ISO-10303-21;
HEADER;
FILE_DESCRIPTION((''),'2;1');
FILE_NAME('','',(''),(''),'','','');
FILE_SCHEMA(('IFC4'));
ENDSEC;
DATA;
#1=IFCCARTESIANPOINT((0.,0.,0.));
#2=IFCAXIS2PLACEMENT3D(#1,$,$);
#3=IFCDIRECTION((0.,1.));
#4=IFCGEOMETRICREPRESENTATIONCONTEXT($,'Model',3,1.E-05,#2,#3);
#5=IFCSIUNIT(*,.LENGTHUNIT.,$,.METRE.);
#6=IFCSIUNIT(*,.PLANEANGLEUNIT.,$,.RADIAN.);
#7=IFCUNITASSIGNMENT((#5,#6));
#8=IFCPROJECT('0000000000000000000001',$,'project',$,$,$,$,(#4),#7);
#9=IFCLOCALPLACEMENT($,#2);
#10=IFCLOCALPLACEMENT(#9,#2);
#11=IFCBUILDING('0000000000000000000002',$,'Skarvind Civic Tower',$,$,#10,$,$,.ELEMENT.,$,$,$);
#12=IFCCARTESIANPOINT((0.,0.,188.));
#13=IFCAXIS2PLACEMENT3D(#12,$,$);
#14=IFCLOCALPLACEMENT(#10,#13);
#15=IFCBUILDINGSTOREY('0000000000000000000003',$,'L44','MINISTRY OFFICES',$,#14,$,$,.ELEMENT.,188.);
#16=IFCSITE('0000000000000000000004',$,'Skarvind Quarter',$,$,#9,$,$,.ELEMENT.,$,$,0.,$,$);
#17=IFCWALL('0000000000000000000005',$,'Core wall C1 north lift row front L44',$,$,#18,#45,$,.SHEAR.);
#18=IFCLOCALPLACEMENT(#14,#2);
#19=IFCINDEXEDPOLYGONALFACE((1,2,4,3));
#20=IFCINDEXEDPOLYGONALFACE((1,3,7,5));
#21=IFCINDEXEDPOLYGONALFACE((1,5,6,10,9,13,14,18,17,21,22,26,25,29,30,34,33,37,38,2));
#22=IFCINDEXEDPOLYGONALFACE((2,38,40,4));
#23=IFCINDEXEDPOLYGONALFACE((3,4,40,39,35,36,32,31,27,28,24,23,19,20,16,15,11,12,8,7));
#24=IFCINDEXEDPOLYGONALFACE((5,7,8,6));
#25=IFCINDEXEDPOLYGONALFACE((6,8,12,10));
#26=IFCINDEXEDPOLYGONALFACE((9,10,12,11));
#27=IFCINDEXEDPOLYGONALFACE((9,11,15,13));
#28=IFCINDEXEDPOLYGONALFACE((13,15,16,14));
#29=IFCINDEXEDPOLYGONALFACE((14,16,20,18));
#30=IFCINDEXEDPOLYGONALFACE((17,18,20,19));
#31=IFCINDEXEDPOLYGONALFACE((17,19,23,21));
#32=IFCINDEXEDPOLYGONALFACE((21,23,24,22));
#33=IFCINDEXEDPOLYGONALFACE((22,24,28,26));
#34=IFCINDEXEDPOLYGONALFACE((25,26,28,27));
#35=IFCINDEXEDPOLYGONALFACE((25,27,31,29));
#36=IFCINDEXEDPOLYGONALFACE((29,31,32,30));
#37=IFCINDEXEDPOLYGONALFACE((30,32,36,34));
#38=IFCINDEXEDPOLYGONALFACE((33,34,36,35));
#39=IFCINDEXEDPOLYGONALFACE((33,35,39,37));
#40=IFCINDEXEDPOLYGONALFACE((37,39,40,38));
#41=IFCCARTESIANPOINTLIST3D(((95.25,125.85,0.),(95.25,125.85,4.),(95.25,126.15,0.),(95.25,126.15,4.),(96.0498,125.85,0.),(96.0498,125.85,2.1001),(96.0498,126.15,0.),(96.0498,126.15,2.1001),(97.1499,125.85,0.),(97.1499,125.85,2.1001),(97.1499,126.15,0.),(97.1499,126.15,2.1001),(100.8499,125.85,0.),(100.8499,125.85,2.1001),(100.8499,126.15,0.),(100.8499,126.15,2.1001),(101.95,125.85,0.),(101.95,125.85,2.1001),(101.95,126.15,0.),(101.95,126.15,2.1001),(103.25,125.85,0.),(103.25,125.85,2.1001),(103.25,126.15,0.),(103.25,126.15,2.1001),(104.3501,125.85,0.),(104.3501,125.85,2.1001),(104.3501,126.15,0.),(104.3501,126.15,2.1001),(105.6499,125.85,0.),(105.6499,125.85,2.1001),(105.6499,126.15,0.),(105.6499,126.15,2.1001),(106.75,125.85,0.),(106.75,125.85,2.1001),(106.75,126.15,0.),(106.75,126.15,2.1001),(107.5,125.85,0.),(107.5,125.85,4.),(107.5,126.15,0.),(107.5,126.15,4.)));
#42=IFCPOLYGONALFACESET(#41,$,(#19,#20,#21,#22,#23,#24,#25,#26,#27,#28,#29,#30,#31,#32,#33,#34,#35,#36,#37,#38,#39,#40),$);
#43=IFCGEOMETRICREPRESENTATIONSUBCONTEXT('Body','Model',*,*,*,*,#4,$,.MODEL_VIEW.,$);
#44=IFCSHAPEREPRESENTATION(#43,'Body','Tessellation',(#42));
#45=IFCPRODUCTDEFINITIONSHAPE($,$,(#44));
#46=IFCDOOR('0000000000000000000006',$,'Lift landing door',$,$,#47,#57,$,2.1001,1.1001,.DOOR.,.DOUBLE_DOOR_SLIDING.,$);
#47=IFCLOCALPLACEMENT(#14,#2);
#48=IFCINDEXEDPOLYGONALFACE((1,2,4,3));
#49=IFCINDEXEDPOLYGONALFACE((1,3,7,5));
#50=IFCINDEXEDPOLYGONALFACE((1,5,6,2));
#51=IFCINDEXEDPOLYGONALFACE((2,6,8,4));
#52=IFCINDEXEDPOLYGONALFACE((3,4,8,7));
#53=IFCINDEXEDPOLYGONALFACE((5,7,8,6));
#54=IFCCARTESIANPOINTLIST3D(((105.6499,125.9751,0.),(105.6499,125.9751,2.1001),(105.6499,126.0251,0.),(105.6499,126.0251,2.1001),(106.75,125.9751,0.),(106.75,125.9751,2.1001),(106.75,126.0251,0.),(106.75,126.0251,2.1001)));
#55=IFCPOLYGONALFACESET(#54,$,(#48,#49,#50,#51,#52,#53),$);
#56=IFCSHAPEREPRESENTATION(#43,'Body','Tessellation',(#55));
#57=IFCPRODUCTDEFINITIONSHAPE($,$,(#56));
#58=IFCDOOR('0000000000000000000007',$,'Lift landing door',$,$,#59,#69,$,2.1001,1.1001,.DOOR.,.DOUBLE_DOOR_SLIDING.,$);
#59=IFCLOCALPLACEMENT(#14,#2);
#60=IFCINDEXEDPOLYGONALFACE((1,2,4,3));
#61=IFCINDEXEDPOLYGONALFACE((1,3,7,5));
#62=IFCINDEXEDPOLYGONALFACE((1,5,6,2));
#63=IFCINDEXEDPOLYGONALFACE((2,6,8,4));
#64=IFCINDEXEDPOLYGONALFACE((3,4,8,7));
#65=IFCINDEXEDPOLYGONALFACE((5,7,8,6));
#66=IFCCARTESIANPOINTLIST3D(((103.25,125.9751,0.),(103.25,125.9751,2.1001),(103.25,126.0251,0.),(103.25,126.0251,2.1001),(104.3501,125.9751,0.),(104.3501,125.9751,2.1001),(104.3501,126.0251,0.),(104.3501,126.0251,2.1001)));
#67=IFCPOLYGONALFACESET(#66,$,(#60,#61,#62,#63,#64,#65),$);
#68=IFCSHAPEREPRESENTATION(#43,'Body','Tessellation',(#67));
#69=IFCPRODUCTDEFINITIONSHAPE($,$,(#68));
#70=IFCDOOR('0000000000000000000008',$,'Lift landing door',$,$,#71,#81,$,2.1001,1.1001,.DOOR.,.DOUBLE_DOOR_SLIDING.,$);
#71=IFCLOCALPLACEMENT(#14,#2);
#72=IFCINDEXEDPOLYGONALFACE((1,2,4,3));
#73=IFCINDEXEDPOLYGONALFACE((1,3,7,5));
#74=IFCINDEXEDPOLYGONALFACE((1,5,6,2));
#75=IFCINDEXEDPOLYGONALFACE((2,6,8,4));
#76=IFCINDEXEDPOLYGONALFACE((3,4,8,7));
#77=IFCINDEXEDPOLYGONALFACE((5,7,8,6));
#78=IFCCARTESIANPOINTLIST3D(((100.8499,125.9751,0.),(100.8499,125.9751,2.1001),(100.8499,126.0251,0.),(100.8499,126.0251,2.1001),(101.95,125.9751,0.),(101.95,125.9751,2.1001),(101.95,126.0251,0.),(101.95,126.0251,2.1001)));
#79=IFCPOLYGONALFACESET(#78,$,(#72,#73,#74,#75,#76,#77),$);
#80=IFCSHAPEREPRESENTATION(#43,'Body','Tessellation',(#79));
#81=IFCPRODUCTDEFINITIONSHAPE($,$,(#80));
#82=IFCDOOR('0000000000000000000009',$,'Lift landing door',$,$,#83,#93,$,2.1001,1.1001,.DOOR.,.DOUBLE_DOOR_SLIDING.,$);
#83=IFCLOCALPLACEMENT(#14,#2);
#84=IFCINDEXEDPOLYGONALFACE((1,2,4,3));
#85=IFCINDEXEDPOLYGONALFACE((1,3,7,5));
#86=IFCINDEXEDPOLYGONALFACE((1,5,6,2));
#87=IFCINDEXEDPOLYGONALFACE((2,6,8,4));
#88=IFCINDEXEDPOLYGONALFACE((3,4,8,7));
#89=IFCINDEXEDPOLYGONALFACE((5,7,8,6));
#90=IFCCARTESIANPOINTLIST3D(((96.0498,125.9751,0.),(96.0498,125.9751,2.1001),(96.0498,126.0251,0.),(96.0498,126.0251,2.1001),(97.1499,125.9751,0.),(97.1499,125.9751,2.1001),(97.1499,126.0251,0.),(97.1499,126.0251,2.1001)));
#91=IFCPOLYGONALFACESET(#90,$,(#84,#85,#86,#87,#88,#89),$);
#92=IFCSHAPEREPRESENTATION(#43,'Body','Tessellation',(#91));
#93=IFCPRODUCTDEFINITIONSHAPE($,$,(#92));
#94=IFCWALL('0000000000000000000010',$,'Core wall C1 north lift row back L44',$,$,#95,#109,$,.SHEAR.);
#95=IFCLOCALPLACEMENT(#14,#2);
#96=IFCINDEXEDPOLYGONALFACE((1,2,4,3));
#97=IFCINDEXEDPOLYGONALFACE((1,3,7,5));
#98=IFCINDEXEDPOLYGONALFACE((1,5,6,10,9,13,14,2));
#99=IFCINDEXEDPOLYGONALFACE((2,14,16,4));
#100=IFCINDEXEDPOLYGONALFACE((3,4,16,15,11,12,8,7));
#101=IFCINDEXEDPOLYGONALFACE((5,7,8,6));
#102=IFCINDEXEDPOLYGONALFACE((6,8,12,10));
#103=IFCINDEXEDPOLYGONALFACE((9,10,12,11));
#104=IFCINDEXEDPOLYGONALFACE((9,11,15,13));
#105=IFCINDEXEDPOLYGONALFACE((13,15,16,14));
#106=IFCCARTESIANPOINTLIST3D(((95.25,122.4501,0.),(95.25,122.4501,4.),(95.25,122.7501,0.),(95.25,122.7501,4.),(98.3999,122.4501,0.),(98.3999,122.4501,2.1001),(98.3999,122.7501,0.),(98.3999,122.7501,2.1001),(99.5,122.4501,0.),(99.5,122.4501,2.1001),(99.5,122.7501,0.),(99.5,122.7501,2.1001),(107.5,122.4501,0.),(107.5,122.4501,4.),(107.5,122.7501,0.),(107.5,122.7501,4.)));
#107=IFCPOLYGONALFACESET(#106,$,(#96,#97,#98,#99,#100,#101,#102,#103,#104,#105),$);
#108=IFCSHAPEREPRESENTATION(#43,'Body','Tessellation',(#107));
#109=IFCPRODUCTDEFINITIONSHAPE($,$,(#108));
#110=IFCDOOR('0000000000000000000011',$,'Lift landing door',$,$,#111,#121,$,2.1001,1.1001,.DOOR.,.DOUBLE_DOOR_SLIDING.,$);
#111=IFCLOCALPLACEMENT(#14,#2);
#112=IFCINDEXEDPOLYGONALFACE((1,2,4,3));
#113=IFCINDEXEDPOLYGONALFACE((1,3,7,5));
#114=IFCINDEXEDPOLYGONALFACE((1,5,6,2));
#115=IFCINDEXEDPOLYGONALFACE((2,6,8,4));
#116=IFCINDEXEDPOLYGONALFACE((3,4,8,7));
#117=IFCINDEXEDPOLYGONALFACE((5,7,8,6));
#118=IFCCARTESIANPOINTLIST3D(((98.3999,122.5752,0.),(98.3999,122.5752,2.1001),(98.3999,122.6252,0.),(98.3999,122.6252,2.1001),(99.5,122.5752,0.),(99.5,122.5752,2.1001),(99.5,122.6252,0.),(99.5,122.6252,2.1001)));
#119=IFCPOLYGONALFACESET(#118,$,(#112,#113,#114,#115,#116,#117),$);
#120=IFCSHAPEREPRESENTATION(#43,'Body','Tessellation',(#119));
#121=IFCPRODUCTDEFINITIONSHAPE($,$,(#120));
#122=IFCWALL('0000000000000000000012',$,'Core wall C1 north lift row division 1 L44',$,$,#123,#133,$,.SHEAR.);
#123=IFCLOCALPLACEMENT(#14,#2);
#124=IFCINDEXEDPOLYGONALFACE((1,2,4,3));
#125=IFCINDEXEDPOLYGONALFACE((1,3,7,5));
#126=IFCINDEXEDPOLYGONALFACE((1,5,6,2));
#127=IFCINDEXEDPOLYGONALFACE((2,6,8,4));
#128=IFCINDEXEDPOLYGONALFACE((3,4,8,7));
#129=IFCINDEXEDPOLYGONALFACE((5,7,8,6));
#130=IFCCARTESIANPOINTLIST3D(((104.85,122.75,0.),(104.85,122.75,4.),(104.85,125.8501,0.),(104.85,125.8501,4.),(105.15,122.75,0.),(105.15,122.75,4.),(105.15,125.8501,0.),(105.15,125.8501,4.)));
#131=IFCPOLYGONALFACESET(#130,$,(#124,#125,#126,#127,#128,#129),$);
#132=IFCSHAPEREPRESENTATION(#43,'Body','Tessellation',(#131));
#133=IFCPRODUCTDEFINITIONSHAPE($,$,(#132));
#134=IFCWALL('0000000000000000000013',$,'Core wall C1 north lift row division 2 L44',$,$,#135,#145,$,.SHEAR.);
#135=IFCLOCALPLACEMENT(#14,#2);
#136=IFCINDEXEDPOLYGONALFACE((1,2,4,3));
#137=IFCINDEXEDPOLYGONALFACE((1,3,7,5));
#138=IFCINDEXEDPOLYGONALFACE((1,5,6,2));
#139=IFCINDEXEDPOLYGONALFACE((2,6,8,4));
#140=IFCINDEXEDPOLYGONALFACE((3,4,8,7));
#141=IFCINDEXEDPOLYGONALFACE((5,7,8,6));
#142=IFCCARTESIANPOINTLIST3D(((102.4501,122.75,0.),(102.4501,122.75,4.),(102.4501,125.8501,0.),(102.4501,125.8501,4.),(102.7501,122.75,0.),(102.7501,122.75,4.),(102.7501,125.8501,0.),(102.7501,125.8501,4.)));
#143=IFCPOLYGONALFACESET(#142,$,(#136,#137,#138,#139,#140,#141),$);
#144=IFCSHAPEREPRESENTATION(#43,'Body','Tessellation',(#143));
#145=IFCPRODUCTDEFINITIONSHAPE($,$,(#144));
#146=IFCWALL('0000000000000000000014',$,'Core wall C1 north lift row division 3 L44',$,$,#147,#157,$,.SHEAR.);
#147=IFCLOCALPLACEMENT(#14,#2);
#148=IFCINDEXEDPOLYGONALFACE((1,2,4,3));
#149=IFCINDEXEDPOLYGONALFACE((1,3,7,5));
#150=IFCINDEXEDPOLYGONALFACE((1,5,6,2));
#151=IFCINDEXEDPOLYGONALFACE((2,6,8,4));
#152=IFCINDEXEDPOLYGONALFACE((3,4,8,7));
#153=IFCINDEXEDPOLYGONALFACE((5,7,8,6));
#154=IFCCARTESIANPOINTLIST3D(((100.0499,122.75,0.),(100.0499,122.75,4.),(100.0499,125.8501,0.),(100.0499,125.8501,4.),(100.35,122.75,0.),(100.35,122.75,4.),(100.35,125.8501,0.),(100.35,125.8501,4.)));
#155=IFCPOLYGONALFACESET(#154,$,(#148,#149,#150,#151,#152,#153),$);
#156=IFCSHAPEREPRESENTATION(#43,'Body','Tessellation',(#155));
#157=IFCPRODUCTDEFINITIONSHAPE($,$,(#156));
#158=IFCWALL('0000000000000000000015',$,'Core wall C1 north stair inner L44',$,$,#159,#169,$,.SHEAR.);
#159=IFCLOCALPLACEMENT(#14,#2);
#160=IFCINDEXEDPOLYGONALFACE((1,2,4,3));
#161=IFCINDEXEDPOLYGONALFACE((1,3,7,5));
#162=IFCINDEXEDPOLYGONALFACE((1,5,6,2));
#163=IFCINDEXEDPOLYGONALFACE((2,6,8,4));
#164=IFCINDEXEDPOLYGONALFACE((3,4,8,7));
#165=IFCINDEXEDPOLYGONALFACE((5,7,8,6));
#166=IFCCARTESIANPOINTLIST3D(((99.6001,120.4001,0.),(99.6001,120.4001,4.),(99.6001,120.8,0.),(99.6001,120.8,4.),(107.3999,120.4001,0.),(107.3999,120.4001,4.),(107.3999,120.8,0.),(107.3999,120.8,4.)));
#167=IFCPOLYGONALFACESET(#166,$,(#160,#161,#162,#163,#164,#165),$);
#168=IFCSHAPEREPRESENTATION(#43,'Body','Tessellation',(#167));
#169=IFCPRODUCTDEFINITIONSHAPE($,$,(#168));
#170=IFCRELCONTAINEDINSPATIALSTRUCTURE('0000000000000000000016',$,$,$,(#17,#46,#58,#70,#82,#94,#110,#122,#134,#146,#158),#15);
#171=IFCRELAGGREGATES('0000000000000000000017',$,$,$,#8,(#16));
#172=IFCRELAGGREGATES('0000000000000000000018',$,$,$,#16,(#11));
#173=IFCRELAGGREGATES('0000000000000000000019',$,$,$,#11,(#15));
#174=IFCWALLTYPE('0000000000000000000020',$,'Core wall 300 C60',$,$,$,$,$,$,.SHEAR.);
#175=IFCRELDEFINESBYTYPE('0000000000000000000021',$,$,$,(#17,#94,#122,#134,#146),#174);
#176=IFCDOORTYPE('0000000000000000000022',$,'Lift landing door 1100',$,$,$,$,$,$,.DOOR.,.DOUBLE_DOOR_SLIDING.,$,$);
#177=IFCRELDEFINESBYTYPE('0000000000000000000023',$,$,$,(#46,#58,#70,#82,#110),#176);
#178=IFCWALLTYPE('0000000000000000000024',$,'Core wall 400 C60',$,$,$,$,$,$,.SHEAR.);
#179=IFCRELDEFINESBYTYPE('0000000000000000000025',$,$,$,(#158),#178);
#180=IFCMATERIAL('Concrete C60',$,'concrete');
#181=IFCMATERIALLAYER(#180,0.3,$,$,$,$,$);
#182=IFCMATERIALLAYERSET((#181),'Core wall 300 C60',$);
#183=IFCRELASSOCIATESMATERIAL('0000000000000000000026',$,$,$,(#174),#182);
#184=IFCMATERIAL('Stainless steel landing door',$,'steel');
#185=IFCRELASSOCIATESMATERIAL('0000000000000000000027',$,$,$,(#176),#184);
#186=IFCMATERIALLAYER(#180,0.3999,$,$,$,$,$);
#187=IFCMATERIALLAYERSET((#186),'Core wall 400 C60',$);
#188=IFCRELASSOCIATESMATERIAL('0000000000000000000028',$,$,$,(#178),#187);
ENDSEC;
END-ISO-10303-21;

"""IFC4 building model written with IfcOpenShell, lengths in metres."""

from ifc_helpers import new_model, si_unit, direction, frame, frame_2d, origin, place, context, subcontext, project, spatial, rectangle, extrude, material, layer, layer_set, type_object, element, fill, save


model = new_model("IFC4")

# Units and contexts
model_context = context("Model", 3, precision=1e-05, world=origin(), true_north=direction((0.0, 1.0)))
body_context = subcontext(model_context, "Body", "Model", "MODEL_VIEW")
ifc_project = project(units=[si_unit("LENGTHUNIT", "METRE"), si_unit("PLANEANGLEUNIT", "RADIAN")], contexts=[model_context])

# Site, building, storey
site_placement = place(None, origin())
site = spatial("IfcSite", under=ifc_project, at=site_placement, Name="Skarvind Quarter", CompositionType="ELEMENT", RefElevation=0.0)
building_placement = place(site_placement, origin())
building = spatial("IfcBuilding", under=site, at=building_placement, Name="Skarvind Civic Tower", CompositionType="ELEMENT")
storey_placement = place(building_placement, frame((0.0, 0.0, 188.0)))
storey = spatial("IfcBuildingStorey", under=building, at=storey_placement, Name="L44", Description="MINISTRY OFFICES", CompositionType="ELEMENT", Elevation=188.0)

# Wall, openings, doors
ifc_material_1 = material(Name="Concrete C60", Category="concrete")
ifc_layer_1 = layer(ifc_material_1, 0.3)
ifc_layer_set_1 = layer_set([ifc_layer_1], Name="Core wall 300 C60")
wall_type_1 = type_object("IfcWallType", Name="Core wall 300 C60", PredefinedType="SHEAR", material=ifc_layer_set_1)
wall_1_placement = place(storey_placement, frame((107.5, 126.0, 0.0), z_axis=(0.0, 0.0, 1.0), x_axis=(-1.0, 0.0, 0.0)))
wall_1 = element("IfcWall", 1, at=wall_1_placement, inside=storey, type_object=wall_type_1, Name="Core wall C1 north lift row front L44", PredefinedType="SHEAR", context=body_context, shape_type="SweptSolid", body=[
    extrude(rectangle(XDim=12.25, YDim=0.3, at=frame_2d((6.125, 0.0))), origin(), (0.0, 0.0, 1.0), 4.0),
])
opening_1_placement = place(wall_1_placement, frame((0.75, 0.0, 0.0)))
opening_1 = element("IfcOpeningElement", 2, at=opening_1_placement, cuts=wall_1, PredefinedType="OPENING", context=body_context, shape_type="SweptSolid", body=[
    extrude(rectangle(XDim=1.1001, YDim=2.1001, at=frame_2d((0.55, 1.05))), frame((0.0, 0.1599, 0.0), z_axis=(0.0, -1.0, 0.0), x_axis=(1.0, 0.0, 0.0)), (0.0, 0.0, 1.0), 0.3201),
])
opening_2_placement = place(wall_1_placement, frame((3.1499, 0.0, 0.0)))
opening_2 = element("IfcOpeningElement", 3, at=opening_2_placement, cuts=wall_1, PredefinedType="OPENING", context=body_context, shape_type="SweptSolid", body=[
    extrude(rectangle(XDim=1.1001, YDim=2.1001, at=frame_2d((0.55, 1.05))), frame((0.0, 0.1599, 0.0), z_axis=(0.0, -1.0, 0.0), x_axis=(1.0, 0.0, 0.0)), (0.0, 0.0, 1.0), 0.3201),
])
opening_3_placement = place(wall_1_placement, frame((5.55, 0.0, 0.0)))
opening_3 = element("IfcOpeningElement", 4, at=opening_3_placement, cuts=wall_1, PredefinedType="OPENING", context=body_context, shape_type="SweptSolid", body=[
    extrude(rectangle(XDim=1.1001, YDim=2.1001, at=frame_2d((0.55, 1.05))), frame((0.0, 0.1599, 0.0), z_axis=(0.0, -1.0, 0.0), x_axis=(1.0, 0.0, 0.0)), (0.0, 0.0, 1.0), 0.3201),
])
opening_4_placement = place(wall_1_placement, frame((10.3501, 0.0, 0.0)))
opening_4 = element("IfcOpeningElement", 5, at=opening_4_placement, cuts=wall_1, PredefinedType="OPENING", context=body_context, shape_type="SweptSolid", body=[
    extrude(rectangle(XDim=1.1001, YDim=2.1001, at=frame_2d((0.55, 1.05))), frame((0.0, 0.1599, 0.0), z_axis=(0.0, -1.0, 0.0), x_axis=(1.0, 0.0, 0.0)), (0.0, 0.0, 1.0), 0.3201),
])
ifc_material_2 = material(Name="Stainless steel landing door", Category="steel")
door_type_1 = type_object("IfcDoorType", Name="Lift landing door 1100", OperationType="DOUBLE_DOOR_SLIDING", PredefinedType="DOOR", material=ifc_material_2)
door_1_placement = place(opening_1_placement, origin())
door_1 = element("IfcDoor", 6, at=door_1_placement, inside=storey, type_object=door_type_1, Name="Lift landing door", OperationType="DOUBLE_DOOR_SLIDING", OverallHeight=2.1001, OverallWidth=1.1001, PredefinedType="DOOR", context=body_context, shape_type="SweptSolid", body=[
    extrude(rectangle(XDim=1.1001, YDim=2.1001, at=frame_2d((0.55, 1.05))), frame((0.0, 0.0249, 0.0), z_axis=(0.0, -1.0, 0.0), x_axis=(1.0, 0.0, 0.0)), (0.0, 0.0, 1.0), 0.05),
])
fill(opening_1, door_1)
door_2_placement = place(opening_2_placement, origin())
door_2 = element("IfcDoor", 7, at=door_2_placement, inside=storey, type_object=door_type_1, Name="Lift landing door", OperationType="DOUBLE_DOOR_SLIDING", OverallHeight=2.1001, OverallWidth=1.1001, PredefinedType="DOOR", context=body_context, shape_type="SweptSolid", body=[
    extrude(rectangle(XDim=1.1001, YDim=2.1001, at=frame_2d((0.55, 1.05))), frame((0.0, 0.0249, 0.0), z_axis=(0.0, -1.0, 0.0), x_axis=(1.0, 0.0, 0.0)), (0.0, 0.0, 1.0), 0.05),
])
fill(opening_2, door_2)
door_3_placement = place(opening_3_placement, origin())
door_3 = element("IfcDoor", 8, at=door_3_placement, inside=storey, type_object=door_type_1, Name="Lift landing door", OperationType="DOUBLE_DOOR_SLIDING", OverallHeight=2.1001, OverallWidth=1.1001, PredefinedType="DOOR", context=body_context, shape_type="SweptSolid", body=[
    extrude(rectangle(XDim=1.1001, YDim=2.1001, at=frame_2d((0.55, 1.05))), frame((0.0, 0.0249, 0.0), z_axis=(0.0, -1.0, 0.0), x_axis=(1.0, 0.0, 0.0)), (0.0, 0.0, 1.0), 0.05),
])
fill(opening_3, door_3)
door_4_placement = place(opening_4_placement, origin())
door_4 = element("IfcDoor", 9, at=door_4_placement, inside=storey, type_object=door_type_1, Name="Lift landing door", OperationType="DOUBLE_DOOR_SLIDING", OverallHeight=2.1001, OverallWidth=1.1001, PredefinedType="DOOR", context=body_context, shape_type="SweptSolid", body=[
    extrude(rectangle(XDim=1.1001, YDim=2.1001, at=frame_2d((0.55, 1.05))), frame((0.0, 0.0249, 0.0), z_axis=(0.0, -1.0, 0.0), x_axis=(1.0, 0.0, 0.0)), (0.0, 0.0, 1.0), 0.05),
])
fill(opening_4, door_4)

# Wall, opening, door
wall_2_placement = place(storey_placement, frame((107.5, 122.6001, 0.0), z_axis=(0.0, 0.0, 1.0), x_axis=(-1.0, 0.0, 0.0)))
wall_2 = element("IfcWall", 10, at=wall_2_placement, inside=storey, type_object=wall_type_1, Name="Core wall C1 north lift row back L44", PredefinedType="SHEAR", context=body_context, shape_type="SweptSolid", body=[
    extrude(rectangle(XDim=12.25, YDim=0.3, at=frame_2d((6.125, 0.0))), origin(), (0.0, 0.0, 1.0), 4.0),
])
opening_5_placement = place(wall_2_placement, frame((8.0, 0.0, 0.0)))
opening_5 = element("IfcOpeningElement", 11, at=opening_5_placement, cuts=wall_2, PredefinedType="OPENING", context=body_context, shape_type="SweptSolid", body=[
    extrude(rectangle(XDim=1.1001, YDim=2.1001, at=frame_2d((0.55, 1.05))), frame((0.0, 0.1599, 0.0), z_axis=(0.0, -1.0, 0.0), x_axis=(1.0, 0.0, 0.0)), (0.0, 0.0, 1.0), 0.3201),
])
door_5_placement = place(opening_5_placement, origin())
door_5 = element("IfcDoor", 12, at=door_5_placement, inside=storey, type_object=door_type_1, Name="Lift landing door", OperationType="DOUBLE_DOOR_SLIDING", OverallHeight=2.1001, OverallWidth=1.1001, PredefinedType="DOOR", context=body_context, shape_type="SweptSolid", body=[
    extrude(rectangle(XDim=1.1001, YDim=2.1001, at=frame_2d((0.55, 1.05))), frame((0.0, 0.0249, 0.0), z_axis=(0.0, -1.0, 0.0), x_axis=(1.0, 0.0, 0.0)), (0.0, 0.0, 1.0), 0.05),
])
fill(opening_5, door_5)

# Walls
for number, where, z_axis, x_axis, name in (
    (13, (105.0, 125.8501, 0.0), (0.0, 0.0, 1.0), (0.0, -1.0, 0.0), "Core wall C1 north lift row division 1 L44"),
    (14, (102.6001, 125.8501, 0.0), (0.0, 0.0, 1.0), (0.0, -1.0, 0.0), "Core wall C1 north lift row division 2 L44"),
    (15, (100.2, 125.8501, 0.0), (0.0, 0.0, 1.0), (0.0, -1.0, 0.0), "Core wall C1 north lift row division 3 L44"),
):
    element("IfcWall", number, at=place(storey_placement, frame(where, z_axis=z_axis, x_axis=x_axis)), inside=storey, type_object=wall_type_1, Name=name, PredefinedType="SHEAR", context=body_context, shape_type="SweptSolid", body=[
        extrude(rectangle(XDim=3.1001, YDim=0.3, at=frame_2d((1.55, 0.0))), origin(), (0.0, 0.0, 1.0), 4.0),
    ])
ifc_layer_2 = layer(ifc_material_1, 0.3999)
ifc_layer_set_2 = layer_set([ifc_layer_2], Name="Core wall 400 C60")
wall_type_2 = type_object("IfcWallType", Name="Core wall 400 C60", PredefinedType="SHEAR", material=ifc_layer_set_2)
wall_3_placement = place(storey_placement, frame((107.3999, 120.6001, 0.0), z_axis=(0.0, 0.0, 1.0), x_axis=(-1.0, 0.0, 0.0)))
element("IfcWall", 16, at=wall_3_placement, inside=storey, type_object=wall_type_2, Name="Core wall C1 north stair inner L44", PredefinedType="SHEAR", context=body_context, shape_type="SweptSolid", body=[
    extrude(rectangle(XDim=7.7998, YDim=0.3999, at=frame_2d((3.8999, 0.0))), origin(), (0.0, 0.0, 1.0), 4.0),
])

save(model, "model.ifc")
